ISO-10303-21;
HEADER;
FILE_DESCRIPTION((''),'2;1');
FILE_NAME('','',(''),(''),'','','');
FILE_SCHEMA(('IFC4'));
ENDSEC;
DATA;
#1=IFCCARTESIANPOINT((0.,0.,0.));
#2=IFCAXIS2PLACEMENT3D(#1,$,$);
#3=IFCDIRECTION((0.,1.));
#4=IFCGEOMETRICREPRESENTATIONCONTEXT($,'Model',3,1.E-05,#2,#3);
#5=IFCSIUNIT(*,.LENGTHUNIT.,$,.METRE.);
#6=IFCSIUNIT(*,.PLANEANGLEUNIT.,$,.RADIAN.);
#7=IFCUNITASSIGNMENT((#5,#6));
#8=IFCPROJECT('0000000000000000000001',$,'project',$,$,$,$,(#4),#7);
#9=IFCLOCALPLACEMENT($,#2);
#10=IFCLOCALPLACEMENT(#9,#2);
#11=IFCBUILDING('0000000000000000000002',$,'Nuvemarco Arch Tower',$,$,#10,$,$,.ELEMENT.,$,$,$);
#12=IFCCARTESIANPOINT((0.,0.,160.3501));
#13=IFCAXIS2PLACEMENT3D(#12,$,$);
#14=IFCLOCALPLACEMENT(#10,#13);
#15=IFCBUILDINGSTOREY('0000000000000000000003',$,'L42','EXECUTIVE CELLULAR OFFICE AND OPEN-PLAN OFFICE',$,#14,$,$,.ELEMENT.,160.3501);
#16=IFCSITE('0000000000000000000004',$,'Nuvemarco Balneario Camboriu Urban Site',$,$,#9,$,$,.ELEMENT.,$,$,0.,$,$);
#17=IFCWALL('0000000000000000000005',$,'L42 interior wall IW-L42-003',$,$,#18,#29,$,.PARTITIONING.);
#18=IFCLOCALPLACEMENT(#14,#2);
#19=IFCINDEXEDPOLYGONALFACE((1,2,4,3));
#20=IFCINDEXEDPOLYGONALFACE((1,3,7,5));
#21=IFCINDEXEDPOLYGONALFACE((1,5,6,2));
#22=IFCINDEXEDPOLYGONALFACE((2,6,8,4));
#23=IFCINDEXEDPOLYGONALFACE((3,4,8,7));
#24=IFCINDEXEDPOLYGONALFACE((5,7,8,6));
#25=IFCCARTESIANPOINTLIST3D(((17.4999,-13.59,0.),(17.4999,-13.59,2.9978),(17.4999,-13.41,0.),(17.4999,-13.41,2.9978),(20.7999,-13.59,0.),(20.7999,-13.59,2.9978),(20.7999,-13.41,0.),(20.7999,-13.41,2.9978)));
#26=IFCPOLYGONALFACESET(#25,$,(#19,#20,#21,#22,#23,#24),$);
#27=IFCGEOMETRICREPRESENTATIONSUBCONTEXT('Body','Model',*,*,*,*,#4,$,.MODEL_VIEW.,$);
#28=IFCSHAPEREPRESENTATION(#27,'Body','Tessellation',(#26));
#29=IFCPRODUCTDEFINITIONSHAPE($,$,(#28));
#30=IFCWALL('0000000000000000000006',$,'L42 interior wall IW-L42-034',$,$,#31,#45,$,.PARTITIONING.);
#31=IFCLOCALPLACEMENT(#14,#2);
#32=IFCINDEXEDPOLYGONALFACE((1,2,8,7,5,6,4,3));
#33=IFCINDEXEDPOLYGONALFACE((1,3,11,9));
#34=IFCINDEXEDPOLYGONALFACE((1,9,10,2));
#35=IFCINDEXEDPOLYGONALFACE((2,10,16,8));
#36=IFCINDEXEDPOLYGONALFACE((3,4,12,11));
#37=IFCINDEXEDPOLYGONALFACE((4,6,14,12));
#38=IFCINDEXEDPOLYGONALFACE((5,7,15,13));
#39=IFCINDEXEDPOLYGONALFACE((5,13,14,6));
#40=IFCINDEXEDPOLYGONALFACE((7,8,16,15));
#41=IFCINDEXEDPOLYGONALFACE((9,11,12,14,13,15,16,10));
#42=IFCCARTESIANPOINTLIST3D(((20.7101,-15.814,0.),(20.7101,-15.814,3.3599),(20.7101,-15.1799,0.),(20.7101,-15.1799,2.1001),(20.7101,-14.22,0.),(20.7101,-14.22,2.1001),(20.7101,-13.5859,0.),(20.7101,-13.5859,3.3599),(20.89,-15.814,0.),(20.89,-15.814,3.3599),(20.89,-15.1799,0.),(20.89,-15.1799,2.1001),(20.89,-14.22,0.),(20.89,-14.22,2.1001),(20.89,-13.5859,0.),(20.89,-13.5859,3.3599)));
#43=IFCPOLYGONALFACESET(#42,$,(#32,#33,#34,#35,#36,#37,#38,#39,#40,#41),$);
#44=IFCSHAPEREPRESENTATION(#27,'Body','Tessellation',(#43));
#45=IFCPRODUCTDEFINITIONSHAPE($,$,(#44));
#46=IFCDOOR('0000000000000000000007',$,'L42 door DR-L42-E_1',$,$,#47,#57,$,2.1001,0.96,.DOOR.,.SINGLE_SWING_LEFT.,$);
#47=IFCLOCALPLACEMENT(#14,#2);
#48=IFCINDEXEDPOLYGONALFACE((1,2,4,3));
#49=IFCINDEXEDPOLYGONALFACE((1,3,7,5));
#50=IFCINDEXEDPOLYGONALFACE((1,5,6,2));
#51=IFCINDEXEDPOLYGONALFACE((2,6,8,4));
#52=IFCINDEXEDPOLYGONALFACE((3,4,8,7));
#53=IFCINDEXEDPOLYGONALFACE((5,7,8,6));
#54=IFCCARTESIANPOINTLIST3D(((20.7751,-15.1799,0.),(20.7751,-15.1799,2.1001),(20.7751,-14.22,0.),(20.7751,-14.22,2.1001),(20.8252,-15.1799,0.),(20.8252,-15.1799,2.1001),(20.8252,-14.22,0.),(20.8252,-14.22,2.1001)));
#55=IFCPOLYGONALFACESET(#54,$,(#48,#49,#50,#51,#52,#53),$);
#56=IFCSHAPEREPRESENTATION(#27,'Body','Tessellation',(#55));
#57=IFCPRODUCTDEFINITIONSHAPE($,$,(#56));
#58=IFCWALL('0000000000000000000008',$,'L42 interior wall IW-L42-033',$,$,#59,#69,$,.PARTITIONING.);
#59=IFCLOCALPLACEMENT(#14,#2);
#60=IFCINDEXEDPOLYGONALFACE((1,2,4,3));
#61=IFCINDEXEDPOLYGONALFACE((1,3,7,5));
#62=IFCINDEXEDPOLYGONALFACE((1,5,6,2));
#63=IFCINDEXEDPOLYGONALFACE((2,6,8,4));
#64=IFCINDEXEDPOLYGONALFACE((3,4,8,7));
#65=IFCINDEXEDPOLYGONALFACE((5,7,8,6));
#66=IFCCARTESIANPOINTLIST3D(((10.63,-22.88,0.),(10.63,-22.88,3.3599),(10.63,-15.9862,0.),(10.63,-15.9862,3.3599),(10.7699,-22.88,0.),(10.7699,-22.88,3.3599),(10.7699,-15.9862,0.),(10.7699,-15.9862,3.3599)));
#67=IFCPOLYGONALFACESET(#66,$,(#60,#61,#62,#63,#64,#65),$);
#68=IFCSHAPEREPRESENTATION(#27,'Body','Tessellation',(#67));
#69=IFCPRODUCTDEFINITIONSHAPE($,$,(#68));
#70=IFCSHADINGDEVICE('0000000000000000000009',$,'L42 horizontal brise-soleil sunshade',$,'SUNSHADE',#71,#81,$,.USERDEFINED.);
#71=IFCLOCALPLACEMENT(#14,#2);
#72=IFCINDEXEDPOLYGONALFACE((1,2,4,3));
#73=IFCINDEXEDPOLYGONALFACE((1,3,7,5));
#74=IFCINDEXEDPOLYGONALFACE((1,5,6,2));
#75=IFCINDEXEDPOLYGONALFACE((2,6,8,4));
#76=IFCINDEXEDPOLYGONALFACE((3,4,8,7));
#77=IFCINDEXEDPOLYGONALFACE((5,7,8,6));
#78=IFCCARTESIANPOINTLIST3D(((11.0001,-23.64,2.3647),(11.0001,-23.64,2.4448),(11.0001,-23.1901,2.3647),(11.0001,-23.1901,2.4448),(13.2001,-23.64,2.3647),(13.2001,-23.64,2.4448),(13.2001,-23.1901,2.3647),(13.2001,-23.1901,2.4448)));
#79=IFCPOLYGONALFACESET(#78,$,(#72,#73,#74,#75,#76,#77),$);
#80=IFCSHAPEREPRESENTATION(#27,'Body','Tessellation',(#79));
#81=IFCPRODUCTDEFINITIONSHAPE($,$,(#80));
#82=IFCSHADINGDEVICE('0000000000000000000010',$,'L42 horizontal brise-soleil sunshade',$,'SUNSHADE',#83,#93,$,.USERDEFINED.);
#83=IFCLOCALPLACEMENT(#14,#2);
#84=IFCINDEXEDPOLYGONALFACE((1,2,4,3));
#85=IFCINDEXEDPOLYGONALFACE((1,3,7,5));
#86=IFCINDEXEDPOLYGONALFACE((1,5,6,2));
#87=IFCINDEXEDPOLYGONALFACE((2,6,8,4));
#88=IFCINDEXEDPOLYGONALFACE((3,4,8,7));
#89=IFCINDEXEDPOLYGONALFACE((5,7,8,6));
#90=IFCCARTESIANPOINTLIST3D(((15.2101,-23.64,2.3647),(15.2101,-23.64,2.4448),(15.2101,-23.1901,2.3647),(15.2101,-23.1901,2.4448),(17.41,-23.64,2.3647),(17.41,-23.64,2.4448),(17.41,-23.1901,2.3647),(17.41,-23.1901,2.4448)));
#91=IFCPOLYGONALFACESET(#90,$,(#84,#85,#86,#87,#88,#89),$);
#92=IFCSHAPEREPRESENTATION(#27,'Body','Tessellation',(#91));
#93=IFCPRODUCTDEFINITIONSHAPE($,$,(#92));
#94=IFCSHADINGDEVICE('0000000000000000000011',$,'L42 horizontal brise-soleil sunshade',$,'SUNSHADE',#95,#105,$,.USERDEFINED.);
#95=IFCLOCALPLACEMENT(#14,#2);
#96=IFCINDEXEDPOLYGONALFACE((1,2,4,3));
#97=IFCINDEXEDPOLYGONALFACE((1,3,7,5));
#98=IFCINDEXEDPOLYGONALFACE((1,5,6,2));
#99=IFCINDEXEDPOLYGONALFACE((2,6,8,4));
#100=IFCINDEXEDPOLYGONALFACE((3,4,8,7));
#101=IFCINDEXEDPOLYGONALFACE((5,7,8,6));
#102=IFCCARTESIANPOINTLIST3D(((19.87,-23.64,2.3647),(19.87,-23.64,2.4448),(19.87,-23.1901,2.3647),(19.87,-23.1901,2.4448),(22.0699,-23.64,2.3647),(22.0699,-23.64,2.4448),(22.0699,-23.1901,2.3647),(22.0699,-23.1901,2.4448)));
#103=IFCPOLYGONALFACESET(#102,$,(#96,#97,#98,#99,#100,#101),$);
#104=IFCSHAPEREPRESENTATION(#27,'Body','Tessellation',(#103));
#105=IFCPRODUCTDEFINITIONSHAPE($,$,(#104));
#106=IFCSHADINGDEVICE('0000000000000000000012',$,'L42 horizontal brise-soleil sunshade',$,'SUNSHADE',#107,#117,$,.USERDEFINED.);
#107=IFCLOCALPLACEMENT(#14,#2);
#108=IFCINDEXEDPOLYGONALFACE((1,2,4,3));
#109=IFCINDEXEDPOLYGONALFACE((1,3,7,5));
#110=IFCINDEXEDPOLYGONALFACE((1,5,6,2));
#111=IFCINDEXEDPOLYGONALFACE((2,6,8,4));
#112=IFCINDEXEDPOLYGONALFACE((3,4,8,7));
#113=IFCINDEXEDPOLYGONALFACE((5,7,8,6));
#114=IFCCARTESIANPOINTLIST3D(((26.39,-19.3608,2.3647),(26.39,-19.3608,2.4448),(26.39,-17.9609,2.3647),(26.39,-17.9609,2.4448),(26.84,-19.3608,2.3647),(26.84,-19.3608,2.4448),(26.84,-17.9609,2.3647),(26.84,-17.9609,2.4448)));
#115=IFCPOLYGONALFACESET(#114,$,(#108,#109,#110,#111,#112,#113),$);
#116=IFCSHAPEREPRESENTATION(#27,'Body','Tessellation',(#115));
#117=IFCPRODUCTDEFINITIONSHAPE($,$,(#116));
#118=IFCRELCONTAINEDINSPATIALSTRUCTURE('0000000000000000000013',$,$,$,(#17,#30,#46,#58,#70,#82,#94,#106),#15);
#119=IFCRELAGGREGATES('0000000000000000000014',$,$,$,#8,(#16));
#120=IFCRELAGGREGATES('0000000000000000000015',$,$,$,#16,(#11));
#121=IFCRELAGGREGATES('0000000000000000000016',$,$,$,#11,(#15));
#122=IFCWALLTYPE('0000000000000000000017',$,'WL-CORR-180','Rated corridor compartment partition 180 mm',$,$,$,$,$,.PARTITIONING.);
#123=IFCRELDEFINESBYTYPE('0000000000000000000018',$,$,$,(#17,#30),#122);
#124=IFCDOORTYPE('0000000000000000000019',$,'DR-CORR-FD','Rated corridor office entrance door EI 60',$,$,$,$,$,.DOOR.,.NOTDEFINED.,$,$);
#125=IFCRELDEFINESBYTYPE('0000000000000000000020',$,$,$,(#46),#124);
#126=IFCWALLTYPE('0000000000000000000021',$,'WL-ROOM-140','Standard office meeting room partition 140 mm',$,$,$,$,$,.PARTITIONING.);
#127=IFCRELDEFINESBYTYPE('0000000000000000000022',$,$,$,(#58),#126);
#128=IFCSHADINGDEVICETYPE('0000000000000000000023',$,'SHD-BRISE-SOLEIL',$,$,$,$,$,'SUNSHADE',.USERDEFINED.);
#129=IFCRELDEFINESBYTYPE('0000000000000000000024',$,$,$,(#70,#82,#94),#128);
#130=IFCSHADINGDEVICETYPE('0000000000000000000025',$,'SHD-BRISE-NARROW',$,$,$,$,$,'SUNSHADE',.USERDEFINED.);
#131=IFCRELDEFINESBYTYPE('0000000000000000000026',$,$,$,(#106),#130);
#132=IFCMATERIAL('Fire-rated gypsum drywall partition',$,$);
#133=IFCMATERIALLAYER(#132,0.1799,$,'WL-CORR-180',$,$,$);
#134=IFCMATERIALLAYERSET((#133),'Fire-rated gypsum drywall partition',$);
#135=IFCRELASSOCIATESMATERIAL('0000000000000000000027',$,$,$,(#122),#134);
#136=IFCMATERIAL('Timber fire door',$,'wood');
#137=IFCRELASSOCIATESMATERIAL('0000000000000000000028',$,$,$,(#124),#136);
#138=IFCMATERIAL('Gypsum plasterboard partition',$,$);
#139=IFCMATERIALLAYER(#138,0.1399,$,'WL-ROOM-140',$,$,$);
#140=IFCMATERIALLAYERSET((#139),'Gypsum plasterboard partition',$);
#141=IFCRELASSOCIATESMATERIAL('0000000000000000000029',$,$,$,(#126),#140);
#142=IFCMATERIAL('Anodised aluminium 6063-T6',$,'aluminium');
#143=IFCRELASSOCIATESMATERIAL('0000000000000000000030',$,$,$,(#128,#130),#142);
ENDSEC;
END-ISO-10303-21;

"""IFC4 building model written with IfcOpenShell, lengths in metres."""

from ifc_helpers import new_model, si_unit, direction, frame, frame_2d, origin, origin_2d, place, context, subcontext, project, spatial, rectangle, extrude, source, transform, mapped, material, layer, layer_set, type_object, type_shapes, element, fill, save


model = new_model("IFC4")

# Units and contexts
model_context = context("Model", 3, precision=1e-05, world=origin(), true_north=direction((0.0, 1.0)))
body_context = subcontext(model_context, "Body", "Model", "MODEL_VIEW")
ifc_project = project(units=[si_unit("LENGTHUNIT", "METRE"), si_unit("PLANEANGLEUNIT", "RADIAN")], contexts=[model_context])

# Site, building, storey
site_placement = place(None, origin())
site = spatial("IfcSite", under=ifc_project, at=site_placement, Name="Nuvemarco Balneario Camboriu Urban Site", CompositionType="ELEMENT", RefElevation=0.0)
building_placement = place(site_placement, origin())
building = spatial("IfcBuilding", under=site, at=building_placement, Name="Nuvemarco Arch Tower", CompositionType="ELEMENT")
storey_placement = place(building_placement, frame((0.0, 0.0, 160.3501)))
storey = spatial("IfcBuildingStorey", under=building, at=storey_placement, Name="L42", Description="EXECUTIVE CELLULAR OFFICE AND OPEN-PLAN OFFICE", CompositionType="ELEMENT", Elevation=160.3501)

# Wall
ifc_material_1 = material(Name="Fire-rated gypsum drywall partition")
ifc_layer_1 = layer(ifc_material_1, 0.1799, Name="WL-CORR-180")
ifc_layer_set_1 = layer_set([ifc_layer_1], Name="Fire-rated gypsum drywall partition")
wall_type_1 = type_object("IfcWallType", Name="WL-CORR-180", Description="Rated corridor compartment partition 180 mm", PredefinedType="PARTITIONING", material=ifc_layer_set_1)
wall_1_placement = place(storey_placement, frame((17.5, -13.5, 0.0), z_axis=(0.0, 0.0, 1.0), x_axis=(1.0, 0.0, 0.0)))
element("IfcWall", 1, at=wall_1_placement, inside=storey, type_object=wall_type_1, Name="L42 interior wall IW-L42-003", PredefinedType="PARTITIONING", context=body_context, shape_type="SweptSolid", body=[
    extrude(rectangle(XDim=3.3, YDim=0.1799, at=frame_2d((1.6499, 0.0))), origin(), (0.0, 0.0, 1.0), 2.9978),
])

# Wall, opening, door
wall_2_placement = place(storey_placement, frame((20.8, -15.814, 0.0), z_axis=(0.0, 0.0, 1.0), x_axis=(0.0, 1.0, 0.0)))
wall_2 = element("IfcWall", 2, at=wall_2_placement, inside=storey, type_object=wall_type_1, Name="L42 interior wall IW-L42-034", PredefinedType="PARTITIONING", context=body_context, shape_type="SweptSolid", body=[
    extrude(rectangle(XDim=2.228, YDim=0.1799, at=frame_2d((1.114, 0.0))), origin(), (0.0, 0.0, 1.0), 3.3599),
])
opening_1_placement = place(wall_2_placement, frame((0.634, 0.0, 0.0)))
opening_1 = element("IfcOpeningElement", 3, at=opening_1_placement, cuts=wall_2, PredefinedType="OPENING", context=body_context, shape_type="SweptSolid", body=[
    extrude(rectangle(XDim=0.96, YDim=2.1001, at=frame_2d((0.48, 1.05))), frame((0.0, 0.0999, 0.0), z_axis=(0.0, -1.0, 0.0), x_axis=(1.0, 0.0, 0.0)), (0.0, 0.0, 1.0), 0.2),
])
ifc_material_2 = material(Name="Timber fire door", Category="wood")
door_type = type_object("IfcDoorType", Name="DR-CORR-FD", Description="Rated corridor office entrance door EI 60", OperationType="NOTDEFINED", PredefinedType="DOOR", material=ifc_material_2)
shared_shape_1 = source(origin(), body_context, "Body", "SweptSolid", [
    extrude(rectangle(XDim=0.96, YDim=2.1001, at=frame_2d((0.48, 1.05))), frame((0.0, 0.0249, 0.0), z_axis=(0.0, -1.0, 0.0), x_axis=(1.0, 0.0, 0.0)), (0.0, 0.0, 1.0), 0.05),
])
type_shapes(door_type, [shared_shape_1])
door_placement = place(opening_1_placement, origin())
door = element("IfcDoor", 4, at=door_placement, inside=storey, type_object=door_type, Name="L42 door DR-L42-E_1", OperationType="SINGLE_SWING_LEFT", OverallHeight=2.1001, OverallWidth=0.96, PredefinedType="DOOR", context=body_context, shape_type="MappedRepresentation", body=[
    mapped(shared_shape_1, transform((0.0, 0.0, 0.0), scale=1.0)),
])
fill(opening_1, door)

# Wall
ifc_material_3 = material(Name="Gypsum plasterboard partition")
ifc_layer_2 = layer(ifc_material_3, 0.1399, Name="WL-ROOM-140")
ifc_layer_set_2 = layer_set([ifc_layer_2], Name="Gypsum plasterboard partition")
wall_type_2 = type_object("IfcWallType", Name="WL-ROOM-140", Description="Standard office meeting room partition 140 mm", PredefinedType="PARTITIONING", material=ifc_layer_set_2)
wall_3_placement = place(storey_placement, frame((10.7, -22.8799, 0.0), z_axis=(0.0, 0.0, 1.0), x_axis=(0.0, 1.0, 0.0)))
element("IfcWall", 5, at=wall_3_placement, inside=storey, type_object=wall_type_2, Name="L42 interior wall IW-L42-033", PredefinedType="PARTITIONING", context=body_context, shape_type="SweptSolid", body=[
    extrude(rectangle(XDim=6.8938, YDim=0.1399, at=frame_2d((3.4468, 0.0))), origin(), (0.0, 0.0, 1.0), 3.3599),
])

# Shading devices
ifc_material_4 = material(Name="Anodised aluminium 6063-T6", Category="aluminium")
shading_device_type_1 = type_object("IfcShadingDeviceType", Name="SHD-BRISE-SOLEIL", ElementType="SUNSHADE", PredefinedType="USERDEFINED", material=ifc_material_4)
shared_shape_2 = source(origin(), body_context, "Body", "SweptSolid", [
    extrude(rectangle(XDim=2.2, YDim=0.45, at=origin_2d()), origin(), (0.0, 0.0, 1.0), 0.0801),
])
type_shapes(shading_device_type_1, [shared_shape_2])
for number, where, z_axis, x_axis, name in (
    (6, (12.1001, -23.415, 2.3647), (0.0, 0.0, 1.0), (1.0, 0.0, 0.0), "L42 horizontal brise-soleil sunshade"),
    (7, (16.3101, -23.415, 2.3647), (0.0, 0.0, 1.0), (1.0, 0.0, 0.0), "L42 horizontal brise-soleil sunshade"),
    (8, (20.97, -23.415, 2.3647), (0.0, 0.0, 1.0), (1.0, 0.0, 0.0), "L42 horizontal brise-soleil sunshade"),
):
    element("IfcShadingDevice", number, at=place(storey_placement, frame(where, z_axis=z_axis, x_axis=x_axis)), inside=storey, type_object=shading_device_type_1, Name=name, ObjectType="SUNSHADE", PredefinedType="USERDEFINED", context=body_context, shape_type="MappedRepresentation", body=[
        mapped(shared_shape_2, transform((0.0, 0.0, 0.0), scale=1.0)),
    ])
shading_device_type_2 = type_object("IfcShadingDeviceType", Name="SHD-BRISE-NARROW", ElementType="SUNSHADE", PredefinedType="USERDEFINED", material=ifc_material_4)
shared_shape_3 = source(origin(), body_context, "Body", "SweptSolid", [
    extrude(rectangle(XDim=1.3999, YDim=0.45, at=origin_2d()), origin(), (0.0, 0.0, 1.0), 0.0801),
])
type_shapes(shading_device_type_2, [shared_shape_3])
shading_device_placement = place(storey_placement, frame((26.615, -18.6609, 2.3647), z_axis=(0.0, 0.0, 1.0), x_axis=(0.0, 1.0, 0.0)))
element("IfcShadingDevice", 9, at=shading_device_placement, inside=storey, type_object=shading_device_type_2, Name="L42 horizontal brise-soleil sunshade", ObjectType="SUNSHADE", PredefinedType="USERDEFINED", context=body_context, shape_type="MappedRepresentation", body=[
    mapped(shared_shape_3, transform((0.0, 0.0, 0.0), scale=1.0)),
])

save(model, "model.ifc")
